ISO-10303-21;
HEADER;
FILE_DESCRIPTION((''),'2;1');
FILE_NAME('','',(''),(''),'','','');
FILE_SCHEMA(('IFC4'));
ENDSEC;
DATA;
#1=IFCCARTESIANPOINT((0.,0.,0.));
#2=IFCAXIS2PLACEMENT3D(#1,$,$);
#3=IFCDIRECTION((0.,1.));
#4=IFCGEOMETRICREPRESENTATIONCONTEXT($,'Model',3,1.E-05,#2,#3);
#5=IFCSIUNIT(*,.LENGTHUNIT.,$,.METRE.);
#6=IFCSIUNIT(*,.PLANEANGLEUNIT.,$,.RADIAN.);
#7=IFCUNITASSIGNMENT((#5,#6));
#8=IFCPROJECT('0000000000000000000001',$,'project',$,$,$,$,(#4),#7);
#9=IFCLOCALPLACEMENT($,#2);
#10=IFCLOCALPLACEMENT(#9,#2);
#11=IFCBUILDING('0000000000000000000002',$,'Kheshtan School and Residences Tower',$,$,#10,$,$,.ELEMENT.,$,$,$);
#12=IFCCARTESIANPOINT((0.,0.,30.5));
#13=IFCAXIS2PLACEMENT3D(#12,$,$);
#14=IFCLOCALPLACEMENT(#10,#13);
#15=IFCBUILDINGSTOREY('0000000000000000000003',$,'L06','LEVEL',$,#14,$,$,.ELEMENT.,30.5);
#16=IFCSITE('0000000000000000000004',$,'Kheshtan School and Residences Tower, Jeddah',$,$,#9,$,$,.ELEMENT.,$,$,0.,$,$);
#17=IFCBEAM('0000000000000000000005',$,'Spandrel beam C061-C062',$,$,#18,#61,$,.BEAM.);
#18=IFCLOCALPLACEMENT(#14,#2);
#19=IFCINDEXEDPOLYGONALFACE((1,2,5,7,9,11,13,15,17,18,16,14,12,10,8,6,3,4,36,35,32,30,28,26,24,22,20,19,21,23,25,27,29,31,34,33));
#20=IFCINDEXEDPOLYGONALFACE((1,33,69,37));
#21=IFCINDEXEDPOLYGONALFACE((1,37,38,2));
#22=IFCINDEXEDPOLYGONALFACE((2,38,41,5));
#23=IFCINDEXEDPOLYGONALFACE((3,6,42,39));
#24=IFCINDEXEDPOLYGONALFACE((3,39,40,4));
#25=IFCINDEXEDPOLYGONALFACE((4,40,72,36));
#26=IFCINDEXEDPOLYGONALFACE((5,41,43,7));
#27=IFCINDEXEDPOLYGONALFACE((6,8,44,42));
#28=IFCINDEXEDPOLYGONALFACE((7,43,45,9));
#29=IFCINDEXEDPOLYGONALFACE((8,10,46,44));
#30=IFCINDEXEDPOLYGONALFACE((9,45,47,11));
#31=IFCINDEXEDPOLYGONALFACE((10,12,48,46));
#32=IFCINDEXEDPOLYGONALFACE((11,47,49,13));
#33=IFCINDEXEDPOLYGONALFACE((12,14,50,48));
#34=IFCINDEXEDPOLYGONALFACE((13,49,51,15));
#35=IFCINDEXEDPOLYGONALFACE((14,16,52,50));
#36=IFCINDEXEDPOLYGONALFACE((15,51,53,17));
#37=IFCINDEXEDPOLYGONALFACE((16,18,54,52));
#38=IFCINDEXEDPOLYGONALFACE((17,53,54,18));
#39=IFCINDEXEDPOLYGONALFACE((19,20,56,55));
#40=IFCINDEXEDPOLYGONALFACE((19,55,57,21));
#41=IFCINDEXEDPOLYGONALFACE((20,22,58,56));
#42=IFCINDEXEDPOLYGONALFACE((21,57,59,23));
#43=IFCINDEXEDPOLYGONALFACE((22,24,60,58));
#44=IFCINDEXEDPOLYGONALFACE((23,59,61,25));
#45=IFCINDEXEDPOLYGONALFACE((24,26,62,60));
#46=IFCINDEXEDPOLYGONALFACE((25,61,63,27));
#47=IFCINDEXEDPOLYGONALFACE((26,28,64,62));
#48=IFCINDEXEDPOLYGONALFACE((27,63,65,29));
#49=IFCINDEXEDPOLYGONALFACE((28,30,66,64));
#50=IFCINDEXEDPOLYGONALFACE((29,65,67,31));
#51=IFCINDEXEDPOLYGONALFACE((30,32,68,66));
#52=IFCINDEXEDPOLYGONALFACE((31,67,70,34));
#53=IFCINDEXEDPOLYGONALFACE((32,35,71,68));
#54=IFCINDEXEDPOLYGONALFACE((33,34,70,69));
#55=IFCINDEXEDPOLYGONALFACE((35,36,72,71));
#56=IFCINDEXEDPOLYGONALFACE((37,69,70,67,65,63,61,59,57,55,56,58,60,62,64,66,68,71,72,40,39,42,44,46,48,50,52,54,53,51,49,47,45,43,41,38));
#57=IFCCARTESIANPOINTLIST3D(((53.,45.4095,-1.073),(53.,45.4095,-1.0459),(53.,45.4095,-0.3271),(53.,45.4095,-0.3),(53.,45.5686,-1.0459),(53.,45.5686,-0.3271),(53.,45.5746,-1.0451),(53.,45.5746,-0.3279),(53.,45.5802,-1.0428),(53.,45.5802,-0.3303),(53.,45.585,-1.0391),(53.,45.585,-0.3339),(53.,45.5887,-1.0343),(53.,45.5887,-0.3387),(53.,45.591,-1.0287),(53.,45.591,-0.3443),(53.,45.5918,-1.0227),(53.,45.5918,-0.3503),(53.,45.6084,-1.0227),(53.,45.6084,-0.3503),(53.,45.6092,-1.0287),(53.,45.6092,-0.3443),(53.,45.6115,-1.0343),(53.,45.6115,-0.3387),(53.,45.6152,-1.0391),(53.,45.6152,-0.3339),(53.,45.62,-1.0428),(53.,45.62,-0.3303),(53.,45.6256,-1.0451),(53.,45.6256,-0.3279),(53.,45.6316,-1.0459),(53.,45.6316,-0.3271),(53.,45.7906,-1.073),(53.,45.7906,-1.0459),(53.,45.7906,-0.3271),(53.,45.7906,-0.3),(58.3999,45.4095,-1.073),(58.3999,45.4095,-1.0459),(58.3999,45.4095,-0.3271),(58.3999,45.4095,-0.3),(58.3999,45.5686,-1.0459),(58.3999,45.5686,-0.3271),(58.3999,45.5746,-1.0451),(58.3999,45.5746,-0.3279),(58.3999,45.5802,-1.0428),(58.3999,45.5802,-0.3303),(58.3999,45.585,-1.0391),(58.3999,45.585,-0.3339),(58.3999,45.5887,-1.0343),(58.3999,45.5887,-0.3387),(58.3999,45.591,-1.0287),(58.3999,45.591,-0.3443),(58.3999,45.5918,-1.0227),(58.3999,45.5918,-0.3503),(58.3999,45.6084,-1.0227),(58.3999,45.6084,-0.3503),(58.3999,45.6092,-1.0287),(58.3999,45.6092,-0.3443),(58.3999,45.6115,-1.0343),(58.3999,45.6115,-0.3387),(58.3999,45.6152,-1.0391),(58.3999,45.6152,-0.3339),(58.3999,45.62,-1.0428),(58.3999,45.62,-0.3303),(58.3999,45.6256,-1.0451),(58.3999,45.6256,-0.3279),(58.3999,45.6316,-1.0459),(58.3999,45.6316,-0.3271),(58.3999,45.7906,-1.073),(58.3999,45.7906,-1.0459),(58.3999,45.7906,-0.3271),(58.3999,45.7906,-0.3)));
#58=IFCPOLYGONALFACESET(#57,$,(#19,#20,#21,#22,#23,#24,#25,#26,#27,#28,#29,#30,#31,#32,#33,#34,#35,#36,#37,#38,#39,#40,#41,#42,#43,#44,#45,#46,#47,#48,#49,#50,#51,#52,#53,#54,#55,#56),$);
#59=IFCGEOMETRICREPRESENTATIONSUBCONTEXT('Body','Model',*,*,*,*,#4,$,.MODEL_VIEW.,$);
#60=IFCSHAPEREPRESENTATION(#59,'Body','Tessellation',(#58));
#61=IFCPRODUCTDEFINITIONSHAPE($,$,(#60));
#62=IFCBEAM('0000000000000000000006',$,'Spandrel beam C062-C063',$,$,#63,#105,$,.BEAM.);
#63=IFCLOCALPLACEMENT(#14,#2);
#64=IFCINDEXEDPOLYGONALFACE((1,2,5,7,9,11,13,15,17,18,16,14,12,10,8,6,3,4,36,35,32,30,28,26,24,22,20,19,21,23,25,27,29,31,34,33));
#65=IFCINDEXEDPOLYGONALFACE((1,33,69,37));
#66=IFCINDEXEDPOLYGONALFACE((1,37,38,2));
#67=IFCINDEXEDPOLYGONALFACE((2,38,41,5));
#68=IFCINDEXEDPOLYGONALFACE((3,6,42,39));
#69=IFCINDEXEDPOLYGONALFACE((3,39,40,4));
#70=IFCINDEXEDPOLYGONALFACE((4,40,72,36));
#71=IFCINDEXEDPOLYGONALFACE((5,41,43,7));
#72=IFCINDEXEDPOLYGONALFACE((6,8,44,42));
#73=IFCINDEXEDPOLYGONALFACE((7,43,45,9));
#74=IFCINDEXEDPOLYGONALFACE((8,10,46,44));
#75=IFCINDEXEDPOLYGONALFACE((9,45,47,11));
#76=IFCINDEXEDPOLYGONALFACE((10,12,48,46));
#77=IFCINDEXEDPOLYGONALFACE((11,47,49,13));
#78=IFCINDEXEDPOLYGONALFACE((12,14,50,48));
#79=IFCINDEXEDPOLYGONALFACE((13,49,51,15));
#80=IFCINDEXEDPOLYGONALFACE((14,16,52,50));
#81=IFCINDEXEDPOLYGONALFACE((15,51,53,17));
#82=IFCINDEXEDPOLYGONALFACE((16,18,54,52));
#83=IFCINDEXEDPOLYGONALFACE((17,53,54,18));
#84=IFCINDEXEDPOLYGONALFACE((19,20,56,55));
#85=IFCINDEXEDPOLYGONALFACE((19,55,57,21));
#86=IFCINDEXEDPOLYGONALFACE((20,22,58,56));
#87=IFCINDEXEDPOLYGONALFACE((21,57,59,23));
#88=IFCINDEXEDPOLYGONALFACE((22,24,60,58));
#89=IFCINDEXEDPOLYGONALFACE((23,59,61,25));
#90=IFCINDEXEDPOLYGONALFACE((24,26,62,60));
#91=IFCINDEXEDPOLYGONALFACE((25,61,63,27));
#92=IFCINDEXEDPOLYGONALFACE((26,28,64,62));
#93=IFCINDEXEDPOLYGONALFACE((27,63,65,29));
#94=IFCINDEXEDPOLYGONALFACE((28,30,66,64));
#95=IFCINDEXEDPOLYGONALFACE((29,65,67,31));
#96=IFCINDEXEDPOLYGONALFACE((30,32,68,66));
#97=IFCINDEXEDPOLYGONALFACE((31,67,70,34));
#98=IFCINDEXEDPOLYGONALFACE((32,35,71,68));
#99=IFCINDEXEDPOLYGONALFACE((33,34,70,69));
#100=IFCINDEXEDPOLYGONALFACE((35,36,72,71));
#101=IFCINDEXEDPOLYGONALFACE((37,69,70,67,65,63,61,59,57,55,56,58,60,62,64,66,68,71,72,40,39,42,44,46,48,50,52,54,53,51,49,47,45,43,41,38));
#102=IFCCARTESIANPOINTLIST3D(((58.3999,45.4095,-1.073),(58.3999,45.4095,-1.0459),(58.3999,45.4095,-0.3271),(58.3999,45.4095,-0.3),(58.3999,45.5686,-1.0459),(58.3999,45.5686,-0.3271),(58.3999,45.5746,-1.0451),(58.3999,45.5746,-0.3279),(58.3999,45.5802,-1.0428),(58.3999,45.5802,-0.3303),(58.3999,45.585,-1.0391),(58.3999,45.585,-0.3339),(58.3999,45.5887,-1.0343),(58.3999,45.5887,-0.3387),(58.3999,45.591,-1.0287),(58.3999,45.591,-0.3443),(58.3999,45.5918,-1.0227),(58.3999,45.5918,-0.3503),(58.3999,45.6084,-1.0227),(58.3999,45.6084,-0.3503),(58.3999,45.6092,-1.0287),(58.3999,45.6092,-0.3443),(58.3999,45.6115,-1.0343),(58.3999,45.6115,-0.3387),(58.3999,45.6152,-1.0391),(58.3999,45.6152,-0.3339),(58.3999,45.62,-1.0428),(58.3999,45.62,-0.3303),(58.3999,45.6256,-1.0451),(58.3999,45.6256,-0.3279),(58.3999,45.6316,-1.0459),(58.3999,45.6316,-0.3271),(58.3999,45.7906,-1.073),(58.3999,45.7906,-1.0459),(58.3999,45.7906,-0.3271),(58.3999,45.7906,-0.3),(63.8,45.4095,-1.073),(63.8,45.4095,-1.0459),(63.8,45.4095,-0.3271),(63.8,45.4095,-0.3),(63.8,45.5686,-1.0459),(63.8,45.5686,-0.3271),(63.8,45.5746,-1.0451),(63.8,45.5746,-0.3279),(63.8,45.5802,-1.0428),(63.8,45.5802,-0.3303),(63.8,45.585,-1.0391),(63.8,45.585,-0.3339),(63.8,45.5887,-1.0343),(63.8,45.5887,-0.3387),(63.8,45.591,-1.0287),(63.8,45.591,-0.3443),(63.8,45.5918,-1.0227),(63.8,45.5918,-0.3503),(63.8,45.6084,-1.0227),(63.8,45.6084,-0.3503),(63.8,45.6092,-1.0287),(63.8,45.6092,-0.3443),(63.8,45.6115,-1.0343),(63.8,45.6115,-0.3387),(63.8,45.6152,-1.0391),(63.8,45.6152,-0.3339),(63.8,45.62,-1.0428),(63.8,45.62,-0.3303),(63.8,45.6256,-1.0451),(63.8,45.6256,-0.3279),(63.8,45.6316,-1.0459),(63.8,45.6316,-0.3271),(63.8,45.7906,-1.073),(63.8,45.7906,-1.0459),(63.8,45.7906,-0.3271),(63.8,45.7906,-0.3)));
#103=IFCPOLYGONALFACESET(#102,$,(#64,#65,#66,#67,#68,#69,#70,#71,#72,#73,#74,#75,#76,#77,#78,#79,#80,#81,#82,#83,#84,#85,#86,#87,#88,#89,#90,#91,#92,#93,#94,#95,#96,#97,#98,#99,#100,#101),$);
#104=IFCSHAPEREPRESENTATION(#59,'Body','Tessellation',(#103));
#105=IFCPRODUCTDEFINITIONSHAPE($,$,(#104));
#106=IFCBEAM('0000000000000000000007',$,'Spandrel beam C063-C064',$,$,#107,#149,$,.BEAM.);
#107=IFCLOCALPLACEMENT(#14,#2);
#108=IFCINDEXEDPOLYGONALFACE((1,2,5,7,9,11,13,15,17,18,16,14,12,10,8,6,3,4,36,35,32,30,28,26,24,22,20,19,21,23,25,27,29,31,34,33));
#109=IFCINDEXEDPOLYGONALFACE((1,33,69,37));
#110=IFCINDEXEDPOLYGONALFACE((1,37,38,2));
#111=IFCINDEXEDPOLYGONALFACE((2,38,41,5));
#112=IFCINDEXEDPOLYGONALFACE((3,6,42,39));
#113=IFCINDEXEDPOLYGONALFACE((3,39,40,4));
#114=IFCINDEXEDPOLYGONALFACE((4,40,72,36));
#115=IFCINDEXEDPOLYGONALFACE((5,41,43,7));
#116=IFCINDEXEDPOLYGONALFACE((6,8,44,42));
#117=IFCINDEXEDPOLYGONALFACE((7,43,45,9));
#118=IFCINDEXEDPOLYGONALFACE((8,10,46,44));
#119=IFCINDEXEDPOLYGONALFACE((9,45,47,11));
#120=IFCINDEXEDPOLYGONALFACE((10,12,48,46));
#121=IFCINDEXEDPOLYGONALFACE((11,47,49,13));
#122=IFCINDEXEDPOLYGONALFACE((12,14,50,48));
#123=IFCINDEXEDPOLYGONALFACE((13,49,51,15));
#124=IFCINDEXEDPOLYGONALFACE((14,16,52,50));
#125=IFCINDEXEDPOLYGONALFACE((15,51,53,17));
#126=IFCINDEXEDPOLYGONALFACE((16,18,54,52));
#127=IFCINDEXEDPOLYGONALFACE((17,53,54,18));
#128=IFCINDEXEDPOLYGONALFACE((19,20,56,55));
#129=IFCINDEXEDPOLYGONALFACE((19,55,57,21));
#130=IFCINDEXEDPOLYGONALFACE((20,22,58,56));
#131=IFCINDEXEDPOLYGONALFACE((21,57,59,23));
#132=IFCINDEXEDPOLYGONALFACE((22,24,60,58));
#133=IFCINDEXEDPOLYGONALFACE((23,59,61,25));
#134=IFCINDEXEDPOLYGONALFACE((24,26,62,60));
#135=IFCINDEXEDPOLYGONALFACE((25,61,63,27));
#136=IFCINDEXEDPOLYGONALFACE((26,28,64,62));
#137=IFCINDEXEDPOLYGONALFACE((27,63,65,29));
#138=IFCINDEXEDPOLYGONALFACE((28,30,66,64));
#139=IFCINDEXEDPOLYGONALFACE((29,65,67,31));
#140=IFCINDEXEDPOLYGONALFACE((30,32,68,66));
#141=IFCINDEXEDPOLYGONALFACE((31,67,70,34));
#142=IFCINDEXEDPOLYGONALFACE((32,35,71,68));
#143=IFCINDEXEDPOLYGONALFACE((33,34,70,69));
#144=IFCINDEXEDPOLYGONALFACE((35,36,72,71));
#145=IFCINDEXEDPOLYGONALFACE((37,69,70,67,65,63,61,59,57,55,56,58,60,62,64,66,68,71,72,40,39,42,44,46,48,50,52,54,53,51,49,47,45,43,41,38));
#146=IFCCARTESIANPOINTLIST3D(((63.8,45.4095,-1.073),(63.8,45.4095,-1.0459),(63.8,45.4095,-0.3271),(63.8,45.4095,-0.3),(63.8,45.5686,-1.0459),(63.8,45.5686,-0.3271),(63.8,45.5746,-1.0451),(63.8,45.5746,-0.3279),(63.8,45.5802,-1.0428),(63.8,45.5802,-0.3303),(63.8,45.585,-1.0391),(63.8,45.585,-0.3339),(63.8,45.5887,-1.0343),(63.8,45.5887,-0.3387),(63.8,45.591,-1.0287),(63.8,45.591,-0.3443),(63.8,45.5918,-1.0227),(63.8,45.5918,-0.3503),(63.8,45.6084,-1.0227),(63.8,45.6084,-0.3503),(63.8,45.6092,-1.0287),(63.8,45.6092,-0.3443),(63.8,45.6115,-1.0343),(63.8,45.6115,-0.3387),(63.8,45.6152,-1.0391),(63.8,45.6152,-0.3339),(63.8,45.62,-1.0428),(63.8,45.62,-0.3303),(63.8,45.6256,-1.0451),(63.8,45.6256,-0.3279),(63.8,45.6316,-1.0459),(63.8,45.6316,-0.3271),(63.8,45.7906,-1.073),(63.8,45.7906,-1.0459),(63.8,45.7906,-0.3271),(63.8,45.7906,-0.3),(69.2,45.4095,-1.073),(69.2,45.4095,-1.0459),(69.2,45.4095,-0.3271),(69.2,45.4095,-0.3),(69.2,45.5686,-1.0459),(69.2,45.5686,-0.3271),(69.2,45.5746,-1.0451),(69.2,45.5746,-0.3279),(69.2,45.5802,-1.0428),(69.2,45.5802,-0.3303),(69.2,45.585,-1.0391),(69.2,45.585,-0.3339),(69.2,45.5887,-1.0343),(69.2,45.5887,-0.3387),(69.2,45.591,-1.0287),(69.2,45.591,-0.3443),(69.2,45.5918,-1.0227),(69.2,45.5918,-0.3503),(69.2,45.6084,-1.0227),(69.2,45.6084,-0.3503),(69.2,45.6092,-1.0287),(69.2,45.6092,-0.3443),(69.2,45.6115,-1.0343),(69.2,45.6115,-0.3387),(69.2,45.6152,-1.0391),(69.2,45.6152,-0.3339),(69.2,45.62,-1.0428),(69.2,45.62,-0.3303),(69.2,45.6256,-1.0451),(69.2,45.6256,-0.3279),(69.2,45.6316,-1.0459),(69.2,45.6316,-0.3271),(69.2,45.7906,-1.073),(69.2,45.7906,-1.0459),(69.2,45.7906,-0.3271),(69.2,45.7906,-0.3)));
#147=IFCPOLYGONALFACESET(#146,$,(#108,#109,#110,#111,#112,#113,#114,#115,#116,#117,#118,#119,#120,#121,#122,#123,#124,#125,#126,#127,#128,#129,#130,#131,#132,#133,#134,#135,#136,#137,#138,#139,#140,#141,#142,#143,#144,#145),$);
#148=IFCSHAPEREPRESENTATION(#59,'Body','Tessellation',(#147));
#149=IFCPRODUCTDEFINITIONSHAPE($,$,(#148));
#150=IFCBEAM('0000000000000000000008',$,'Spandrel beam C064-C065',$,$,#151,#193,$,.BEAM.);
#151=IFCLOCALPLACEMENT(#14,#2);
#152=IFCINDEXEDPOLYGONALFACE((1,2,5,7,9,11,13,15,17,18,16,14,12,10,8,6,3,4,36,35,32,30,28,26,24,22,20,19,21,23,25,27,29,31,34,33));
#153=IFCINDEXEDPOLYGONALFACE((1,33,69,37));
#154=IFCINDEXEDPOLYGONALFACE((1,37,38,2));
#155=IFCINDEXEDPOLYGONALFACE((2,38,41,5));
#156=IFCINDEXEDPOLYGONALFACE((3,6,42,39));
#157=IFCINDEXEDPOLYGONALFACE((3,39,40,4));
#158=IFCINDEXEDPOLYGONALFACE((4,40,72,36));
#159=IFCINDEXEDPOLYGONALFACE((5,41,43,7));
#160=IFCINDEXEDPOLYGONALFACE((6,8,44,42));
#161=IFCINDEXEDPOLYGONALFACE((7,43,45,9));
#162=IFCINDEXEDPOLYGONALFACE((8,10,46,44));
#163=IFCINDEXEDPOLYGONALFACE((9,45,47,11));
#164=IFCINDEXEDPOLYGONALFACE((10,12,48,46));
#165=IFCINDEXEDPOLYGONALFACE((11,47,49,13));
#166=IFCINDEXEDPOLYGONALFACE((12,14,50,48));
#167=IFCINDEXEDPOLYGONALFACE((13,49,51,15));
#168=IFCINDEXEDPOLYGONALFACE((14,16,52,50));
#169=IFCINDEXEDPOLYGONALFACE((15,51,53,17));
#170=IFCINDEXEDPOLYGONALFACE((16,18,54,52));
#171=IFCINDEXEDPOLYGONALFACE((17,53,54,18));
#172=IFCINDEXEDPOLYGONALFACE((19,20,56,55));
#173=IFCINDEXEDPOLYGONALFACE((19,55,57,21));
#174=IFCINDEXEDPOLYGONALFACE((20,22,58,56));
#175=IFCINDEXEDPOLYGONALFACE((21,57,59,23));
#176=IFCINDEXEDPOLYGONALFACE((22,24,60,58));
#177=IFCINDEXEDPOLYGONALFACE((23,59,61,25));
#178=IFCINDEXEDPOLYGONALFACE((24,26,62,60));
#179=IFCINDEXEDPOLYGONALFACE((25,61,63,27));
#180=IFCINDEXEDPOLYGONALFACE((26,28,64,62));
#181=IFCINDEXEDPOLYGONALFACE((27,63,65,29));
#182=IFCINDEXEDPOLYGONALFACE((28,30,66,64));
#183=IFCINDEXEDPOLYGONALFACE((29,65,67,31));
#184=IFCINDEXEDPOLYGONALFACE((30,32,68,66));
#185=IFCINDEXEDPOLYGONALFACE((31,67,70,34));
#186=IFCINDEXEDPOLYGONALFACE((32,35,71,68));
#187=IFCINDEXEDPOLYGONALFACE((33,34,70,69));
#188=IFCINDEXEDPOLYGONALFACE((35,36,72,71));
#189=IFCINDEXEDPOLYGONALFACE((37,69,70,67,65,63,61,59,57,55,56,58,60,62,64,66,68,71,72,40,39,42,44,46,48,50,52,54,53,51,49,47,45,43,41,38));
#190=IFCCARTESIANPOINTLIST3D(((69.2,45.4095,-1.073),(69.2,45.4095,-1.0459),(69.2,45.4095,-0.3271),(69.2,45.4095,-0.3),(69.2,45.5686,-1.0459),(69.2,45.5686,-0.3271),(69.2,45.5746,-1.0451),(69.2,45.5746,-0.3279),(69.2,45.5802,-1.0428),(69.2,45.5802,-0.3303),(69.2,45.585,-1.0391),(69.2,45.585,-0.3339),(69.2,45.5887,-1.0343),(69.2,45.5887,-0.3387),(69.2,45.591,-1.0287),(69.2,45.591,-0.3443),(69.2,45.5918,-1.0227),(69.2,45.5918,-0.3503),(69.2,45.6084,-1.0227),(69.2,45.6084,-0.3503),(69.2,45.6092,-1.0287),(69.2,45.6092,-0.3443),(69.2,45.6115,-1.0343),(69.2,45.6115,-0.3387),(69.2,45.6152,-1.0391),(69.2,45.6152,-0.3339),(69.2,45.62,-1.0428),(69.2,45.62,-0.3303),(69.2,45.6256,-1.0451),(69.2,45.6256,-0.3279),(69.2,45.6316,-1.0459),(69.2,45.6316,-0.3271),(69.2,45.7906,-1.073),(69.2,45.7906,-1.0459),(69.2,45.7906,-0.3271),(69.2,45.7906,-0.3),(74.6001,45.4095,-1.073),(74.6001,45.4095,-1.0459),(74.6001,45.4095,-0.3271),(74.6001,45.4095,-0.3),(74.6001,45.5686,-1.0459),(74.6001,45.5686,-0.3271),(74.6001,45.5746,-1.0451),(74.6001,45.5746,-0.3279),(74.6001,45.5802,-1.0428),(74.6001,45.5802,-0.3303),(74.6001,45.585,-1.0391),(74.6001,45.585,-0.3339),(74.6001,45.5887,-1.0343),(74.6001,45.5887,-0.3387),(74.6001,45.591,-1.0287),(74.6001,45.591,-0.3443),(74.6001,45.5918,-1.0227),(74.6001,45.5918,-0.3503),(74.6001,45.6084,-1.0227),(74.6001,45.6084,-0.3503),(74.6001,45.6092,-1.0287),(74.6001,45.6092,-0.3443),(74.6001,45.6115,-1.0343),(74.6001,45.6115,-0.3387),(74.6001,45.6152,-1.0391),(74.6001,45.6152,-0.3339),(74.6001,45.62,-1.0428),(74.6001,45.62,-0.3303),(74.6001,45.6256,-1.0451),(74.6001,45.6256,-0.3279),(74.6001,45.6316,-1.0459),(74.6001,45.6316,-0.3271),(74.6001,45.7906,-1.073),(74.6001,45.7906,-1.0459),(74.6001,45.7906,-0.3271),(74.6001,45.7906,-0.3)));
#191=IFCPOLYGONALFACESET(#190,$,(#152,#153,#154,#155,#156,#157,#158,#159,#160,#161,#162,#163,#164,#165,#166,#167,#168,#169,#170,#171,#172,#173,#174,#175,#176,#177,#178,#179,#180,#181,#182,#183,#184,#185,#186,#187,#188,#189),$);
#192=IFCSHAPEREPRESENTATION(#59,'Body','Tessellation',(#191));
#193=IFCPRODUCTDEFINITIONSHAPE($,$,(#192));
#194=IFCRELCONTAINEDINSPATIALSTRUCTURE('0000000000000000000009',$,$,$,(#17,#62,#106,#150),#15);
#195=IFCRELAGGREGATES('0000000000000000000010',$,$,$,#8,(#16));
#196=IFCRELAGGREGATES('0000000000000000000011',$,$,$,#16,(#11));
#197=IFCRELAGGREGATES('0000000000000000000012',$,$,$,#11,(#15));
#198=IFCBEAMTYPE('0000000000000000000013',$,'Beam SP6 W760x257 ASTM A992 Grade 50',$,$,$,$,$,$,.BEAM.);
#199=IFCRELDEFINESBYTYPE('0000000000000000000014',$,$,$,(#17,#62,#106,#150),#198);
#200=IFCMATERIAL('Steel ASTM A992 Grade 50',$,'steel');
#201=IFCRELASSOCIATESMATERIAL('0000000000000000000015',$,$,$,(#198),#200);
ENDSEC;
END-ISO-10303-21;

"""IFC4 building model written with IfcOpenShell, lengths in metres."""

from ifc_helpers import new_model, si_unit, direction, frame, origin, origin_2d, place, context, subcontext, project, spatial, i_section, extrude, material, material_profile, profile_set, type_object, element, save


model = new_model("IFC4")

# Units and contexts
model_context = context("Model", 3, precision=1e-05, world=origin(), true_north=direction((0.0, 1.0)))
body_context = subcontext(model_context, "Body", "Model", "MODEL_VIEW")
ifc_project = project(units=[si_unit("LENGTHUNIT", "METRE"), si_unit("PLANEANGLEUNIT", "RADIAN")], contexts=[model_context])

# Site, building, storey
site_placement = place(None, origin())
site = spatial("IfcSite", under=ifc_project, at=site_placement, Name="Kheshtan School and Residences Tower, Jeddah", CompositionType="ELEMENT", RefElevation=0.0)
building_placement = place(site_placement, origin())
building = spatial("IfcBuilding", under=site, at=building_placement, Name="Kheshtan School and Residences Tower", CompositionType="ELEMENT")
storey_placement = place(building_placement, frame((0.0, 0.0, 30.5)))
storey = spatial("IfcBuildingStorey", under=building, at=storey_placement, Name="L06", Description="LEVEL", CompositionType="ELEMENT", Elevation=30.5)

# Shared definitions
ifc_material_1 = material(Name="Steel ASTM A992 Grade 50", Category="steel")

# Beams
ifc_material_profile_1 = material_profile(ifc_material_1, i_section(OverallWidth=0.3811, OverallDepth=0.7729, WebThickness=0.0166, FlangeThickness=0.0271, FilletRadius=0.0232, at=origin_2d()), Name="W760x257")
ifc_profile_set_1 = profile_set([ifc_material_profile_1], Name="Steel ASTM A992 Grade 50")
beam_type_1 = type_object("IfcBeamType", Name="Beam SP6 W760x257 ASTM A992 Grade 50", PredefinedType="BEAM", material=ifc_profile_set_1)
for number, where, z_axis, x_axis, name in (
    (1, (53.0, 45.6001, -0.6865), (1.0, 0.0, 0.0), (0.0, 1.0, 0.0), "Spandrel beam C061-C062"),
):
    element("IfcBeam", number, at=place(storey_placement, frame(where, z_axis=z_axis, x_axis=x_axis)), inside=storey, type_object=beam_type_1, Name=name, PredefinedType="BEAM", context=body_context, shape_type="SweptSolid", body=[
        extrude(i_section(OverallWidth=0.3811, OverallDepth=0.7729, WebThickness=0.0166, FlangeThickness=0.0271, FilletRadius=0.0232, at=origin_2d()), origin(), (0.0, 0.0, 1.0), 5.3999),
    ])
beam_1_placement = place(storey_placement, frame((58.3999, 45.6001, -0.6865), z_axis=(1.0, 0.0, 0.0), x_axis=(0.0, 1.0, 0.0)))
element("IfcBeam", 2, at=beam_1_placement, inside=storey, type_object=beam_type_1, Name="Spandrel beam C062-C063", PredefinedType="BEAM", context=body_context, shape_type="SweptSolid", body=[
    extrude(i_section(OverallWidth=0.3811, OverallDepth=0.7729, WebThickness=0.0166, FlangeThickness=0.0271, FilletRadius=0.0232, at=origin_2d()), origin(), (0.0, 0.0, 1.0), 5.4001),
])
beam_2_placement = place(storey_placement, frame((63.8, 45.6001, -0.6865), z_axis=(1.0, 0.0, 0.0), x_axis=(0.0, 1.0, 0.0)))
element("IfcBeam", 3, at=beam_2_placement, inside=storey, type_object=beam_type_1, Name="Spandrel beam C063-C064", PredefinedType="BEAM", context=body_context, shape_type="SweptSolid", body=[
    extrude(i_section(OverallWidth=0.3811, OverallDepth=0.7729, WebThickness=0.0166, FlangeThickness=0.0271, FilletRadius=0.0232, at=origin_2d()), origin(), (0.0, 0.0, 1.0), 5.3999),
])
beam_3_placement = place(storey_placement, frame((69.2, 45.6001, -0.6865), z_axis=(1.0, 0.0, 0.0), x_axis=(0.0, 1.0, 0.0)))
element("IfcBeam", 4, at=beam_3_placement, inside=storey, type_object=beam_type_1, Name="Spandrel beam C064-C065", PredefinedType="BEAM", context=body_context, shape_type="SweptSolid", body=[
    extrude(i_section(OverallWidth=0.3811, OverallDepth=0.7729, WebThickness=0.0166, FlangeThickness=0.0271, FilletRadius=0.0232, at=origin_2d()), origin(), (0.0, 0.0, 1.0), 5.4001),
])

save(model, "model.ifc")
